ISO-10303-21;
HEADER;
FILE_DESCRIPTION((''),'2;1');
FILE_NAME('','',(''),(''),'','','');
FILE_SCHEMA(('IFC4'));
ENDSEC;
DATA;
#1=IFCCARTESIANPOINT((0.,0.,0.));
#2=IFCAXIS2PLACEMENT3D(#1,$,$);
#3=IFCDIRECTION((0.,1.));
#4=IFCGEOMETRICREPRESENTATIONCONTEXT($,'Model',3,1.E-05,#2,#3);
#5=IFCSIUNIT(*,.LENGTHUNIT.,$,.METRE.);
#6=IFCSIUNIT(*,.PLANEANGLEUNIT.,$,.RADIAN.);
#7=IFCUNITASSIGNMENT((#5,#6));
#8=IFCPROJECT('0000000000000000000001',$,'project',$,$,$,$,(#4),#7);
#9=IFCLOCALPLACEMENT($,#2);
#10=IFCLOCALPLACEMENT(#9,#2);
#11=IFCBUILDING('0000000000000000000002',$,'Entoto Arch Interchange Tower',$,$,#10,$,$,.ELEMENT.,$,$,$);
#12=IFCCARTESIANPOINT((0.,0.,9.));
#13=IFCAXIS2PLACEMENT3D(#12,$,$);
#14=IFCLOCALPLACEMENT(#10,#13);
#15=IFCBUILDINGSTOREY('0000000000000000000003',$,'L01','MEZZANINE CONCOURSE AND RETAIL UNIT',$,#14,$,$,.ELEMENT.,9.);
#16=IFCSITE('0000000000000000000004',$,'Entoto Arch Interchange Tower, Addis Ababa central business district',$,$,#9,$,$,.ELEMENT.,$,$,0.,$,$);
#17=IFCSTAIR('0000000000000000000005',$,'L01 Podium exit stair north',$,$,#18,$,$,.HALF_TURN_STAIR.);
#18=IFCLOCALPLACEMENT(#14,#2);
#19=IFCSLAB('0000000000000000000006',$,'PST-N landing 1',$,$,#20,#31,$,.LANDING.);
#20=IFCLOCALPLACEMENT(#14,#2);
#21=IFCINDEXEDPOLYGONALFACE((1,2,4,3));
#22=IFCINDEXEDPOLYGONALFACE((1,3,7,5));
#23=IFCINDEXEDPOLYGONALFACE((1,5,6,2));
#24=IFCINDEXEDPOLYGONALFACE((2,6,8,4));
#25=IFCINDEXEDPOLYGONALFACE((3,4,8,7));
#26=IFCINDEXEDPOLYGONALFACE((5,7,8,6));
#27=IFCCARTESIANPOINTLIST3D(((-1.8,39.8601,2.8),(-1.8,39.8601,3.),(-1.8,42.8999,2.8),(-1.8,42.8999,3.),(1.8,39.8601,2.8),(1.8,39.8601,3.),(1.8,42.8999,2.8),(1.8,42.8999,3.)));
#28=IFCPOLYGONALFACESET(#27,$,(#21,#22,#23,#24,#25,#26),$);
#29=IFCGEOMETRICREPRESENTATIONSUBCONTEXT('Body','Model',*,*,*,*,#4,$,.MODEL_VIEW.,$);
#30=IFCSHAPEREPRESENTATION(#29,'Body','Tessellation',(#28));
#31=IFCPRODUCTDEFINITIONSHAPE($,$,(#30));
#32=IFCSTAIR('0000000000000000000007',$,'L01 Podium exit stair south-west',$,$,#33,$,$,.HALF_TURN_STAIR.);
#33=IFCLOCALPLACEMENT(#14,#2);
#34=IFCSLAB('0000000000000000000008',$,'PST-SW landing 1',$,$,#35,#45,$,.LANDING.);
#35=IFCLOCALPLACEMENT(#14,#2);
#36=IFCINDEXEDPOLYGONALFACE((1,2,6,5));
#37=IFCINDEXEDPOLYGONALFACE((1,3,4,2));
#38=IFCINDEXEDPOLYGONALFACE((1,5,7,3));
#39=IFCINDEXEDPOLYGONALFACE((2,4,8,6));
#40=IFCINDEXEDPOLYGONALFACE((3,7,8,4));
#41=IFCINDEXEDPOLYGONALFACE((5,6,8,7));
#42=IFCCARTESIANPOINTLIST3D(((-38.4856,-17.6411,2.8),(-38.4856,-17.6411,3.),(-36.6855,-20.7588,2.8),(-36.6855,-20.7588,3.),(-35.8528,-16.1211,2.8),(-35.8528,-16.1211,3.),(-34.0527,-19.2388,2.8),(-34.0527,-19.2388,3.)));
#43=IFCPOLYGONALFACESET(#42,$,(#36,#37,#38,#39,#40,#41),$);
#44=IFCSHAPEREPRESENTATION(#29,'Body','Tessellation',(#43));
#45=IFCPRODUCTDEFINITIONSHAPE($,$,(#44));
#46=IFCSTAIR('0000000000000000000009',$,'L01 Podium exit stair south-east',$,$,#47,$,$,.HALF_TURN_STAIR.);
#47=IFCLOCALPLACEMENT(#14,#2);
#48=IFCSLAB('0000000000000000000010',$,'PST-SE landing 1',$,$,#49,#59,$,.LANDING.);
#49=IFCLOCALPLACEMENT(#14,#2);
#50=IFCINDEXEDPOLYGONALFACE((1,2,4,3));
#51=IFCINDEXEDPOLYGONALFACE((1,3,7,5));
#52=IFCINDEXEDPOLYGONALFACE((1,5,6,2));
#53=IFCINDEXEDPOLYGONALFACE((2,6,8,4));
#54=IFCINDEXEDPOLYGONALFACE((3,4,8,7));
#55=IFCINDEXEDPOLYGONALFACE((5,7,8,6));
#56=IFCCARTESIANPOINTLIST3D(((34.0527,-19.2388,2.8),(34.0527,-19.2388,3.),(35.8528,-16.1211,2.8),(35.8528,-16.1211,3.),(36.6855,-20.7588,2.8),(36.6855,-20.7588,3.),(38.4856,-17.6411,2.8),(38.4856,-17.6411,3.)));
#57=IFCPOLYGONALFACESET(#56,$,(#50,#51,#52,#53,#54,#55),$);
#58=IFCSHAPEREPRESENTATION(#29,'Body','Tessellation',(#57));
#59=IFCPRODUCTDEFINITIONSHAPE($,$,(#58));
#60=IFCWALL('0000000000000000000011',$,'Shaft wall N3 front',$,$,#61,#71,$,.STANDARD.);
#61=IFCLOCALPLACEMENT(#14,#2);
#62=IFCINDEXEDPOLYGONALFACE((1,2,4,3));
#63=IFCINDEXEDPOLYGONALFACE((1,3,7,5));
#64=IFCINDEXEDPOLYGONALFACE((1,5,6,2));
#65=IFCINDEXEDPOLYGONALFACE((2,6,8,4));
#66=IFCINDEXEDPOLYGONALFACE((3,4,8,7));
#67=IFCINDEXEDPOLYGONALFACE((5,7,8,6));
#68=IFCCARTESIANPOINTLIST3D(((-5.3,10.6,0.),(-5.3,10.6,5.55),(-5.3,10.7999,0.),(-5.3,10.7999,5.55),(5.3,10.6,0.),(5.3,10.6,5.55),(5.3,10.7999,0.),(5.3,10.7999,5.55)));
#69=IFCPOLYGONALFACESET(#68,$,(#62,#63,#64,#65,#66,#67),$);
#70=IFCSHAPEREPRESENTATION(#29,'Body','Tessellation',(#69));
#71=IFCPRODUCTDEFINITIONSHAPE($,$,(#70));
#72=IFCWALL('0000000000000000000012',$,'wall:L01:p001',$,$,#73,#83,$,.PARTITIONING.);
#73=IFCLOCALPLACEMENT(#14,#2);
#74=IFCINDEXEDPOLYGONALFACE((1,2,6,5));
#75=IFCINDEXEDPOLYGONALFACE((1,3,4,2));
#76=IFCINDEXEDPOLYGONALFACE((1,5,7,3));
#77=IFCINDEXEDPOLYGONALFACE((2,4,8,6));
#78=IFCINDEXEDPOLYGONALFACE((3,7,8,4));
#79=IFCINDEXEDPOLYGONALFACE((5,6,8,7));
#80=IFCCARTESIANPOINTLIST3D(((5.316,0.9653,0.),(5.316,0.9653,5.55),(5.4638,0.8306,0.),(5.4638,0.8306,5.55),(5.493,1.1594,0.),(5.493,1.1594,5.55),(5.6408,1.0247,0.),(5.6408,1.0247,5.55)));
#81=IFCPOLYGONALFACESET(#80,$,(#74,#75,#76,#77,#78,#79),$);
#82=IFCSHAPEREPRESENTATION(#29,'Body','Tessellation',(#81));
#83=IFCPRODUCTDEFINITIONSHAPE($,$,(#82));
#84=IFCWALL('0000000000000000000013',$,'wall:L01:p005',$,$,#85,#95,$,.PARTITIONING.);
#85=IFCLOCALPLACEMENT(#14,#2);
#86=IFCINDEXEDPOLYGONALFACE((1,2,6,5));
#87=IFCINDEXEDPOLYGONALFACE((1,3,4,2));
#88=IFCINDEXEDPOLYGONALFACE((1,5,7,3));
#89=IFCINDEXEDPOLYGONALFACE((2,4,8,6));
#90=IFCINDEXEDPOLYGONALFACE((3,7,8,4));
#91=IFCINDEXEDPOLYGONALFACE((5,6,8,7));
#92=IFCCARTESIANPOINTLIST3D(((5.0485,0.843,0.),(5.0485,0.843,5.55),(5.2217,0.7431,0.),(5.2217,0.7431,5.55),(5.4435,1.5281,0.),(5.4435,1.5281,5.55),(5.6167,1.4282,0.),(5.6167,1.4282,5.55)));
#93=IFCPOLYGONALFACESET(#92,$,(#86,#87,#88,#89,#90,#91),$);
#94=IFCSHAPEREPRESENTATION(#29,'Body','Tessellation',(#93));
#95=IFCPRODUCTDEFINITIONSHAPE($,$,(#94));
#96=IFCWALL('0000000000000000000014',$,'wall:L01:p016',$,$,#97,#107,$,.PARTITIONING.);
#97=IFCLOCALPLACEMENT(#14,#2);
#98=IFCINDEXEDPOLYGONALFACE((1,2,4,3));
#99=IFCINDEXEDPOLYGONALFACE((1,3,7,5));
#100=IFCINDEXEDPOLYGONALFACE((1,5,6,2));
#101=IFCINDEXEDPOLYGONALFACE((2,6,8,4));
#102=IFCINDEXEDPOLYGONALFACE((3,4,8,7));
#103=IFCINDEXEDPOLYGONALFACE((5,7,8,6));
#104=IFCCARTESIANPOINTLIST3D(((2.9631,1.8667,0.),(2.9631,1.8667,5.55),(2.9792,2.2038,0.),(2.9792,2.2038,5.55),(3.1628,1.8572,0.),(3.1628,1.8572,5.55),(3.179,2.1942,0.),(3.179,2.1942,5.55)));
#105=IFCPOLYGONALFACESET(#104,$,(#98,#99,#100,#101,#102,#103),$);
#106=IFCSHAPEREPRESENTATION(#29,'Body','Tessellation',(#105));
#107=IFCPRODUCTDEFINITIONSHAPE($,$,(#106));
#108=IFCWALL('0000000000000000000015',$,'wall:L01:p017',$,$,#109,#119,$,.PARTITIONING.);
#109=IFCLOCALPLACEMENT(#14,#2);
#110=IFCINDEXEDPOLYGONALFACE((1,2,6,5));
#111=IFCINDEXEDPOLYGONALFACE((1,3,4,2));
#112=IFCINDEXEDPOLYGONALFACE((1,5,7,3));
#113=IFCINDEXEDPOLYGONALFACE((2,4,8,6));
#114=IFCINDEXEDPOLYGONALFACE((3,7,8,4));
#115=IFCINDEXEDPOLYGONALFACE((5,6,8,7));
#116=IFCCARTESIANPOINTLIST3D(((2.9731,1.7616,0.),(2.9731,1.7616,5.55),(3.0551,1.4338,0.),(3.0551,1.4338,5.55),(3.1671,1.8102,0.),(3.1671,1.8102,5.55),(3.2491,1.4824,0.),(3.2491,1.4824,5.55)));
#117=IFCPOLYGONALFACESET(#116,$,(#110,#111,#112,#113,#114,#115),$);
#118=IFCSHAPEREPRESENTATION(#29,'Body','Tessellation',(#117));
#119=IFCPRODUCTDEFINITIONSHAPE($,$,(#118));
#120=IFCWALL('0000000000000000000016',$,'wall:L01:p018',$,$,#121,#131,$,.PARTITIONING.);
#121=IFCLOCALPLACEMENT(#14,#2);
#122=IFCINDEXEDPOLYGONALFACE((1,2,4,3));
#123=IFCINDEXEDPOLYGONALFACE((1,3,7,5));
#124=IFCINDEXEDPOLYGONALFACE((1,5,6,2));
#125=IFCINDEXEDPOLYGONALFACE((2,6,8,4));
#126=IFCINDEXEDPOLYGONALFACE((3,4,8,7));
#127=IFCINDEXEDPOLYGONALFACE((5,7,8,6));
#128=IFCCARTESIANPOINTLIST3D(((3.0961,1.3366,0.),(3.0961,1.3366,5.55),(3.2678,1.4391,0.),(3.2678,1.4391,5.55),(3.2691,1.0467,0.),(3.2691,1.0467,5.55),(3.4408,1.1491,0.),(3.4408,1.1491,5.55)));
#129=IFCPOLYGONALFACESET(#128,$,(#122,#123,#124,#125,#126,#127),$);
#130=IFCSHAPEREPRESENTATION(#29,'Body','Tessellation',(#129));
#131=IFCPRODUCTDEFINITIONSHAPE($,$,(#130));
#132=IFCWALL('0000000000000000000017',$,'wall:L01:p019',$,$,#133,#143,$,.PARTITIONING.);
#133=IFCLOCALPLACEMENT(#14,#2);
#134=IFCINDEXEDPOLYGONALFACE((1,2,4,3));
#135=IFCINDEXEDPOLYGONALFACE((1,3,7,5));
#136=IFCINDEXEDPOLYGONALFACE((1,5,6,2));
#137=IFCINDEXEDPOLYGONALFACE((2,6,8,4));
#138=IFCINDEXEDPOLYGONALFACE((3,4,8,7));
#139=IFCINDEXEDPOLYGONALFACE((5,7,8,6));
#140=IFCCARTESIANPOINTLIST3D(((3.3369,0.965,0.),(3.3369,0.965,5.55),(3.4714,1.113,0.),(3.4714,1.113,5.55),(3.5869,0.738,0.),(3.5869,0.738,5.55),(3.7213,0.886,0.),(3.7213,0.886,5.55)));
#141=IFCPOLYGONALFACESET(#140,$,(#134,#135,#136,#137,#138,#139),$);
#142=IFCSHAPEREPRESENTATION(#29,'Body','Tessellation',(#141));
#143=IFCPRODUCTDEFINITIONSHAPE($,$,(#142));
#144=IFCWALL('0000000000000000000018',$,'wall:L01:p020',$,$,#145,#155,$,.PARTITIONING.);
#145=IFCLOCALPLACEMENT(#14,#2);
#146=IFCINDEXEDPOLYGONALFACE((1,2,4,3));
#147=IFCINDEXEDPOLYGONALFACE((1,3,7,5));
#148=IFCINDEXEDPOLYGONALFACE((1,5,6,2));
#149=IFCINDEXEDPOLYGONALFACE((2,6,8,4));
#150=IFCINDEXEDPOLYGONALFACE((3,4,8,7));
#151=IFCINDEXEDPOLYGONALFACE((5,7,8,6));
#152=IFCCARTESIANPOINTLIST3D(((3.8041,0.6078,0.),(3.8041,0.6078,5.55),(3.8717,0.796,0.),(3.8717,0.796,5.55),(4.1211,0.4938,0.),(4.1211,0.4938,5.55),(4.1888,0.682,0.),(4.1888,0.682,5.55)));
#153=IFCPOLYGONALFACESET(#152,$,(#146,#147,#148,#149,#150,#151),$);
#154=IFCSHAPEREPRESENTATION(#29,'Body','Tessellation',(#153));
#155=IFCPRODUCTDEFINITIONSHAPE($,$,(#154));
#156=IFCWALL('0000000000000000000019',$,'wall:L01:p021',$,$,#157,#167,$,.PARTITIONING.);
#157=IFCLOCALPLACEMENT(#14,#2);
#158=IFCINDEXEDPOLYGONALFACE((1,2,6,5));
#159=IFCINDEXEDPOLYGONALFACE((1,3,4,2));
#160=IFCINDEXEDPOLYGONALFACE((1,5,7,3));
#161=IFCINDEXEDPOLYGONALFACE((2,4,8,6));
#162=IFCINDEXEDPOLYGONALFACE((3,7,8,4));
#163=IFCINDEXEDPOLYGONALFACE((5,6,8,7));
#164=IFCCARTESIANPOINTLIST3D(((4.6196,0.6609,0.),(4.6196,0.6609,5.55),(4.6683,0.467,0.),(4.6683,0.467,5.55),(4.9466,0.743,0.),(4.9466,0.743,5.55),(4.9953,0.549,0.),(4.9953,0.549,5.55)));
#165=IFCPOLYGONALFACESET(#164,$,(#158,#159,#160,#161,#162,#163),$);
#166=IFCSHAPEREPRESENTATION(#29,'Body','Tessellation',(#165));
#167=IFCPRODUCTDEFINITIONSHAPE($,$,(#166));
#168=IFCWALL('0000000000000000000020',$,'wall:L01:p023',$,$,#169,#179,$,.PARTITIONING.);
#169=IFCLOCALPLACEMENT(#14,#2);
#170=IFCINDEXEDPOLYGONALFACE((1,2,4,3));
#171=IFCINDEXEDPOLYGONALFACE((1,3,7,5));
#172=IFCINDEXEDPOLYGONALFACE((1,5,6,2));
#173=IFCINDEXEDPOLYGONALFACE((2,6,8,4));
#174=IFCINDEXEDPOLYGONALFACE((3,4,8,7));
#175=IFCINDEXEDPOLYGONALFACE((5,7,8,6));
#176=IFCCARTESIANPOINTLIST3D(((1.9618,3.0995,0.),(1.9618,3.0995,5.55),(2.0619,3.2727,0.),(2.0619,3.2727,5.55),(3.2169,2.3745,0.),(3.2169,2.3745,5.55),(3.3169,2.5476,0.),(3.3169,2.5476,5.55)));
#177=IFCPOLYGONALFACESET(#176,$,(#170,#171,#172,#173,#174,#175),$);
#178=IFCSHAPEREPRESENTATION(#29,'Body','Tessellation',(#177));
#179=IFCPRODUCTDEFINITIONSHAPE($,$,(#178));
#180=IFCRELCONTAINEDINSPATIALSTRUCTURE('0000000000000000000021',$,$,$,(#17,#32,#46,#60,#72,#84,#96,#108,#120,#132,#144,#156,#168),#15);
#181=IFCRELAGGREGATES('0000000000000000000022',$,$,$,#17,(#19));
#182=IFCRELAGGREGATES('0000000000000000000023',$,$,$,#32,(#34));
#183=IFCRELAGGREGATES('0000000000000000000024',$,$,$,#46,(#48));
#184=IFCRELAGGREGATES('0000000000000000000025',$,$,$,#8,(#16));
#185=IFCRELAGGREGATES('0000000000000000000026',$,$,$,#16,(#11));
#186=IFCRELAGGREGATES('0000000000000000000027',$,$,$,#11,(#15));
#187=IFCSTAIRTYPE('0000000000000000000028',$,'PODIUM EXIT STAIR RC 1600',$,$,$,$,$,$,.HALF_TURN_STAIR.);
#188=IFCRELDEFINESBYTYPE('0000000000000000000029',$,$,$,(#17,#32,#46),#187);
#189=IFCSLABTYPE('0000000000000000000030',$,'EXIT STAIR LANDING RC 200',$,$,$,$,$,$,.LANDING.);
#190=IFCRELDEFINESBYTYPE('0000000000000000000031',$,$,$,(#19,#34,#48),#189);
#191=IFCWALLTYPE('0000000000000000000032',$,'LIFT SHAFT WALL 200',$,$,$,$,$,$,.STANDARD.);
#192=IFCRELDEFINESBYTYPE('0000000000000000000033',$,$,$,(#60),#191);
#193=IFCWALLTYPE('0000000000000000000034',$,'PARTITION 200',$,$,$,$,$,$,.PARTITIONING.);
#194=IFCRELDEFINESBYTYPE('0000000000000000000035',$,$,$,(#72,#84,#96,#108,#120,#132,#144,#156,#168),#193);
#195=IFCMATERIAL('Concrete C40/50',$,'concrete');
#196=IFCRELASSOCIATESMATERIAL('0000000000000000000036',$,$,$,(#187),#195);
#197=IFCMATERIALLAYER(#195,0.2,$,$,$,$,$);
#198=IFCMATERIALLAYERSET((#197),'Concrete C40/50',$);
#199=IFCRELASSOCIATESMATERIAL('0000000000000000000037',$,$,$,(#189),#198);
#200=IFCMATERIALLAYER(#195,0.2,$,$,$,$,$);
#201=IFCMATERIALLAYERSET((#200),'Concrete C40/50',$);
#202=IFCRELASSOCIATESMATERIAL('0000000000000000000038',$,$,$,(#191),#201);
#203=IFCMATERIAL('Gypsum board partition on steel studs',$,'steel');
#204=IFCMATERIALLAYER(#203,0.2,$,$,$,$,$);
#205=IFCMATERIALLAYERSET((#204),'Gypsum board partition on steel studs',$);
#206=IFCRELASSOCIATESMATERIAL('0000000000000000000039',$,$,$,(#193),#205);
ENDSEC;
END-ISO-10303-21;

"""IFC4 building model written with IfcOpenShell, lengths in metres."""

from ifc_helpers import new_model, si_unit, direction, frame, frame_2d, origin, place, context, subcontext, project, spatial, polyline, rectangle, outline, extrude, material, layer, layer_set, type_object, element, aggregate, save


model = new_model("IFC4")

# Units and contexts
model_context = context("Model", 3, precision=1e-05, world=origin(), true_north=direction((0.0, 1.0)))
body_context = subcontext(model_context, "Body", "Model", "MODEL_VIEW")
ifc_project = project(units=[si_unit("LENGTHUNIT", "METRE"), si_unit("PLANEANGLEUNIT", "RADIAN")], contexts=[model_context])

# Site, building, storey
site_placement = place(None, origin())
site = spatial("IfcSite", under=ifc_project, at=site_placement, Name="Entoto Arch Interchange Tower, Addis Ababa central business district", CompositionType="ELEMENT", RefElevation=0.0)
building_placement = place(site_placement, origin())
building = spatial("IfcBuilding", under=site, at=building_placement, Name="Entoto Arch Interchange Tower", CompositionType="ELEMENT")
storey_placement = place(building_placement, frame((0.0, 0.0, 9.0)))
storey = spatial("IfcBuildingStorey", under=building, at=storey_placement, Name="L01", Description="MEZZANINE CONCOURSE AND RETAIL UNIT", CompositionType="ELEMENT", Elevation=9.0)

# Stairs, slabs
ifc_material_1 = material(Name="Concrete C40/50", Category="concrete")
stair_type = type_object("IfcStairType", Name="PODIUM EXIT STAIR RC 1600", PredefinedType="HALF_TURN_STAIR", material=ifc_material_1)
stair_1_placement = place(storey_placement, origin())
stair_1 = element("IfcStair", 1, at=stair_1_placement, inside=storey, type_object=stair_type, Name="L01 Podium exit stair north", PredefinedType="HALF_TURN_STAIR")
ifc_layer_1 = layer(ifc_material_1, 0.2)
ifc_layer_set_1 = layer_set([ifc_layer_1], Name="Concrete C40/50")
slab_type = type_object("IfcSlabType", Name="EXIT STAIR LANDING RC 200", PredefinedType="LANDING", material=ifc_layer_set_1)
slab_1_placement = place(storey_placement, frame((0.0, 0.0, 2.8)))
slab_1 = element("IfcSlab", 2, at=slab_1_placement, type_object=slab_type, Name="PST-N landing 1", PredefinedType="LANDING", context=body_context, shape_type="SweptSolid", body=[
    extrude(outline(polyline([(1.8, 39.8601), (1.8, 42.8999), (-1.8, 42.8999), (-1.8, 39.8601), (1.8, 39.8601)])), origin(), (0.0, 0.0, 1.0), 0.2),
])
aggregate(stair_1, [slab_1])
stair_2_placement = place(storey_placement, origin())
stair_2 = element("IfcStair", 3, at=stair_2_placement, inside=storey, type_object=stair_type, Name="L01 Podium exit stair south-west", PredefinedType="HALF_TURN_STAIR")
slab_2_placement = place(storey_placement, frame((0.0, 0.0, 2.8)))
slab_2 = element("IfcSlab", 4, at=slab_2_placement, type_object=slab_type, Name="PST-SW landing 1", PredefinedType="LANDING", context=body_context, shape_type="SweptSolid", body=[
    extrude(outline(polyline([(-35.8528, -16.1211), (-38.4856, -17.6411), (-36.6855, -20.7588), (-34.0527, -19.2388), (-35.8528, -16.1211)])), origin(), (0.0, 0.0, 1.0), 0.2),
])
aggregate(stair_2, [slab_2])
stair_3_placement = place(storey_placement, origin())
stair_3 = element("IfcStair", 5, at=stair_3_placement, inside=storey, type_object=stair_type, Name="L01 Podium exit stair south-east", PredefinedType="HALF_TURN_STAIR")
slab_3_placement = place(storey_placement, frame((0.0, 0.0, 2.8)))
slab_3 = element("IfcSlab", 6, at=slab_3_placement, type_object=slab_type, Name="PST-SE landing 1", PredefinedType="LANDING", context=body_context, shape_type="SweptSolid", body=[
    extrude(outline(polyline([(34.0527, -19.2388), (36.6855, -20.7588), (38.4856, -17.6411), (35.8528, -16.1211), (34.0527, -19.2388)])), origin(), (0.0, 0.0, 1.0), 0.2),
])
aggregate(stair_3, [slab_3])

# Walls
ifc_layer_2 = layer(ifc_material_1, 0.2)
ifc_layer_set_2 = layer_set([ifc_layer_2], Name="Concrete C40/50")
wall_type_1 = type_object("IfcWallType", Name="LIFT SHAFT WALL 200", PredefinedType="STANDARD", material=ifc_layer_set_2)
wall_1_placement = place(storey_placement, frame((5.3, 10.7, 0.0), z_axis=(0.0, 0.0, 1.0), x_axis=(-1.0, 0.0, 0.0)))
element("IfcWall", 7, at=wall_1_placement, inside=storey, type_object=wall_type_1, Name="Shaft wall N3 front", PredefinedType="STANDARD", context=body_context, shape_type="SweptSolid", body=[
    extrude(rectangle(XDim=10.6001, YDim=0.2, at=frame_2d((5.3, 0.0))), origin(), (0.0, 0.0, 1.0), 5.55),
])
ifc_material_2 = material(Name="Gypsum board partition on steel studs", Category="steel")
ifc_layer_3 = layer(ifc_material_2, 0.2)
ifc_layer_set_3 = layer_set([ifc_layer_3], Name="Gypsum board partition on steel studs")
wall_type_2 = type_object("IfcWallType", Name="PARTITION 200", PredefinedType="PARTITIONING", material=ifc_layer_set_3)
wall_2_placement = place(storey_placement, frame((5.3899, 0.8979, 0.0), z_axis=(0.0, 0.0, 1.0), x_axis=(0.673828, 0.738888, 0.0)))
element("IfcWall", 8, at=wall_2_placement, inside=storey, type_object=wall_type_2, Name="wall:L01:p001", PredefinedType="PARTITIONING", context=body_context, shape_type="SweptSolid", body=[
    extrude(rectangle(XDim=0.2627, YDim=0.2, at=frame_2d((0.1313, 0.0))), origin(), (0.0, 0.0, 1.0), 5.55),
])
wall_3_placement = place(storey_placement, frame((5.135, 0.793, 0.0), z_axis=(0.0, 0.0, 1.0), x_axis=(0.499526, 0.866299, 0.0)))
element("IfcWall", 9, at=wall_3_placement, inside=storey, type_object=wall_type_2, Name="wall:L01:p005", PredefinedType="PARTITIONING", context=body_context, shape_type="SweptSolid", body=[
    extrude(rectangle(XDim=0.7908, YDim=0.2, at=frame_2d((0.3955, 0.0))), origin(), (0.0, 0.0, 1.0), 5.55),
])
wall_4_placement = place(storey_placement, frame((3.0791, 2.199, 0.0), z_axis=(0.0, 0.0, 1.0), x_axis=(-0.047771, -0.998858, 0.0)))
element("IfcWall", 10, at=wall_4_placement, inside=storey, type_object=wall_type_2, Name="wall:L01:p016", PredefinedType="PARTITIONING", context=body_context, shape_type="SweptSolid", body=[
    extrude(rectangle(XDim=0.3374, YDim=0.2, at=frame_2d((0.1687, 0.0))), origin(), (0.0, 0.0, 1.0), 5.55),
])
wall_5_placement = place(storey_placement, frame((3.0701, 1.7859, 0.0), z_axis=(0.0, 0.0, 1.0), x_axis=(0.242706, -0.9701, 0.0)))
element("IfcWall", 11, at=wall_5_placement, inside=storey, type_object=wall_type_2, Name="wall:L01:p017", PredefinedType="PARTITIONING", context=body_context, shape_type="SweptSolid", body=[
    extrude(rectangle(XDim=0.3379, YDim=0.2, at=frame_2d((0.1689, 0.0))), origin(), (0.0, 0.0, 1.0), 5.55),
])
for number, where, z_axis, x_axis, name in (
    (12, (3.1819, 1.3879, 0.0), (0.0, 0.0, 1.0), (0.512475, -0.858702, 0.0), "wall:L01:p018"),
    (13, (3.4041, 1.0391, 0.0), (0.0, 0.0, 1.0), (0.740267, -0.672313, 0.0), "wall:L01:p019"),
):
    element("IfcWall", number, at=place(storey_placement, frame(where, z_axis=z_axis, x_axis=x_axis)), inside=storey, type_object=wall_type_2, Name=name, PredefinedType="PARTITIONING", context=body_context, shape_type="SweptSolid", body=[
        extrude(rectangle(XDim=0.3376, YDim=0.2, at=frame_2d((0.1689, 0.0))), origin(), (0.0, 0.0, 1.0), 5.55),
    ])
wall_6_placement = place(storey_placement, frame((3.8379, 0.7019, 0.0), z_axis=(0.0, 0.0, 1.0), x_axis=(0.941035, -0.338309, 0.0)))
element("IfcWall", 14, at=wall_6_placement, inside=storey, type_object=wall_type_2, Name="wall:L01:p020", PredefinedType="PARTITIONING", context=body_context, shape_type="SweptSolid", body=[
    extrude(rectangle(XDim=0.3369, YDim=0.2, at=frame_2d((0.1685, 0.0))), origin(), (0.0, 0.0, 1.0), 5.55),
])
wall_7_placement = place(storey_placement, frame((4.644, 0.564, 0.0), z_axis=(0.0, 0.0, 1.0), x_axis=(0.969929, 0.243388, 0.0)))
element("IfcWall", 15, at=wall_7_placement, inside=storey, type_object=wall_type_2, Name="wall:L01:p021", PredefinedType="PARTITIONING", context=body_context, shape_type="SweptSolid", body=[
    extrude(rectangle(XDim=0.3372, YDim=0.2, at=frame_2d((0.1685, 0.0))), origin(), (0.0, 0.0, 1.0), 5.55),
])
wall_8_placement = place(storey_placement, frame((2.012, 3.186, 0.0), z_axis=(0.0, 0.0, 1.0), x_axis=(0.865891, -0.500233, 0.0)))
element("IfcWall", 16, at=wall_8_placement, inside=storey, type_object=wall_type_2, Name="wall:L01:p023", PredefinedType="PARTITIONING", context=body_context, shape_type="SweptSolid", body=[
    extrude(rectangle(XDim=1.4495, YDim=0.2, at=frame_2d((0.7246, 0.0))), origin(), (0.0, 0.0, 1.0), 5.55),
])

save(model, "model.ifc")
